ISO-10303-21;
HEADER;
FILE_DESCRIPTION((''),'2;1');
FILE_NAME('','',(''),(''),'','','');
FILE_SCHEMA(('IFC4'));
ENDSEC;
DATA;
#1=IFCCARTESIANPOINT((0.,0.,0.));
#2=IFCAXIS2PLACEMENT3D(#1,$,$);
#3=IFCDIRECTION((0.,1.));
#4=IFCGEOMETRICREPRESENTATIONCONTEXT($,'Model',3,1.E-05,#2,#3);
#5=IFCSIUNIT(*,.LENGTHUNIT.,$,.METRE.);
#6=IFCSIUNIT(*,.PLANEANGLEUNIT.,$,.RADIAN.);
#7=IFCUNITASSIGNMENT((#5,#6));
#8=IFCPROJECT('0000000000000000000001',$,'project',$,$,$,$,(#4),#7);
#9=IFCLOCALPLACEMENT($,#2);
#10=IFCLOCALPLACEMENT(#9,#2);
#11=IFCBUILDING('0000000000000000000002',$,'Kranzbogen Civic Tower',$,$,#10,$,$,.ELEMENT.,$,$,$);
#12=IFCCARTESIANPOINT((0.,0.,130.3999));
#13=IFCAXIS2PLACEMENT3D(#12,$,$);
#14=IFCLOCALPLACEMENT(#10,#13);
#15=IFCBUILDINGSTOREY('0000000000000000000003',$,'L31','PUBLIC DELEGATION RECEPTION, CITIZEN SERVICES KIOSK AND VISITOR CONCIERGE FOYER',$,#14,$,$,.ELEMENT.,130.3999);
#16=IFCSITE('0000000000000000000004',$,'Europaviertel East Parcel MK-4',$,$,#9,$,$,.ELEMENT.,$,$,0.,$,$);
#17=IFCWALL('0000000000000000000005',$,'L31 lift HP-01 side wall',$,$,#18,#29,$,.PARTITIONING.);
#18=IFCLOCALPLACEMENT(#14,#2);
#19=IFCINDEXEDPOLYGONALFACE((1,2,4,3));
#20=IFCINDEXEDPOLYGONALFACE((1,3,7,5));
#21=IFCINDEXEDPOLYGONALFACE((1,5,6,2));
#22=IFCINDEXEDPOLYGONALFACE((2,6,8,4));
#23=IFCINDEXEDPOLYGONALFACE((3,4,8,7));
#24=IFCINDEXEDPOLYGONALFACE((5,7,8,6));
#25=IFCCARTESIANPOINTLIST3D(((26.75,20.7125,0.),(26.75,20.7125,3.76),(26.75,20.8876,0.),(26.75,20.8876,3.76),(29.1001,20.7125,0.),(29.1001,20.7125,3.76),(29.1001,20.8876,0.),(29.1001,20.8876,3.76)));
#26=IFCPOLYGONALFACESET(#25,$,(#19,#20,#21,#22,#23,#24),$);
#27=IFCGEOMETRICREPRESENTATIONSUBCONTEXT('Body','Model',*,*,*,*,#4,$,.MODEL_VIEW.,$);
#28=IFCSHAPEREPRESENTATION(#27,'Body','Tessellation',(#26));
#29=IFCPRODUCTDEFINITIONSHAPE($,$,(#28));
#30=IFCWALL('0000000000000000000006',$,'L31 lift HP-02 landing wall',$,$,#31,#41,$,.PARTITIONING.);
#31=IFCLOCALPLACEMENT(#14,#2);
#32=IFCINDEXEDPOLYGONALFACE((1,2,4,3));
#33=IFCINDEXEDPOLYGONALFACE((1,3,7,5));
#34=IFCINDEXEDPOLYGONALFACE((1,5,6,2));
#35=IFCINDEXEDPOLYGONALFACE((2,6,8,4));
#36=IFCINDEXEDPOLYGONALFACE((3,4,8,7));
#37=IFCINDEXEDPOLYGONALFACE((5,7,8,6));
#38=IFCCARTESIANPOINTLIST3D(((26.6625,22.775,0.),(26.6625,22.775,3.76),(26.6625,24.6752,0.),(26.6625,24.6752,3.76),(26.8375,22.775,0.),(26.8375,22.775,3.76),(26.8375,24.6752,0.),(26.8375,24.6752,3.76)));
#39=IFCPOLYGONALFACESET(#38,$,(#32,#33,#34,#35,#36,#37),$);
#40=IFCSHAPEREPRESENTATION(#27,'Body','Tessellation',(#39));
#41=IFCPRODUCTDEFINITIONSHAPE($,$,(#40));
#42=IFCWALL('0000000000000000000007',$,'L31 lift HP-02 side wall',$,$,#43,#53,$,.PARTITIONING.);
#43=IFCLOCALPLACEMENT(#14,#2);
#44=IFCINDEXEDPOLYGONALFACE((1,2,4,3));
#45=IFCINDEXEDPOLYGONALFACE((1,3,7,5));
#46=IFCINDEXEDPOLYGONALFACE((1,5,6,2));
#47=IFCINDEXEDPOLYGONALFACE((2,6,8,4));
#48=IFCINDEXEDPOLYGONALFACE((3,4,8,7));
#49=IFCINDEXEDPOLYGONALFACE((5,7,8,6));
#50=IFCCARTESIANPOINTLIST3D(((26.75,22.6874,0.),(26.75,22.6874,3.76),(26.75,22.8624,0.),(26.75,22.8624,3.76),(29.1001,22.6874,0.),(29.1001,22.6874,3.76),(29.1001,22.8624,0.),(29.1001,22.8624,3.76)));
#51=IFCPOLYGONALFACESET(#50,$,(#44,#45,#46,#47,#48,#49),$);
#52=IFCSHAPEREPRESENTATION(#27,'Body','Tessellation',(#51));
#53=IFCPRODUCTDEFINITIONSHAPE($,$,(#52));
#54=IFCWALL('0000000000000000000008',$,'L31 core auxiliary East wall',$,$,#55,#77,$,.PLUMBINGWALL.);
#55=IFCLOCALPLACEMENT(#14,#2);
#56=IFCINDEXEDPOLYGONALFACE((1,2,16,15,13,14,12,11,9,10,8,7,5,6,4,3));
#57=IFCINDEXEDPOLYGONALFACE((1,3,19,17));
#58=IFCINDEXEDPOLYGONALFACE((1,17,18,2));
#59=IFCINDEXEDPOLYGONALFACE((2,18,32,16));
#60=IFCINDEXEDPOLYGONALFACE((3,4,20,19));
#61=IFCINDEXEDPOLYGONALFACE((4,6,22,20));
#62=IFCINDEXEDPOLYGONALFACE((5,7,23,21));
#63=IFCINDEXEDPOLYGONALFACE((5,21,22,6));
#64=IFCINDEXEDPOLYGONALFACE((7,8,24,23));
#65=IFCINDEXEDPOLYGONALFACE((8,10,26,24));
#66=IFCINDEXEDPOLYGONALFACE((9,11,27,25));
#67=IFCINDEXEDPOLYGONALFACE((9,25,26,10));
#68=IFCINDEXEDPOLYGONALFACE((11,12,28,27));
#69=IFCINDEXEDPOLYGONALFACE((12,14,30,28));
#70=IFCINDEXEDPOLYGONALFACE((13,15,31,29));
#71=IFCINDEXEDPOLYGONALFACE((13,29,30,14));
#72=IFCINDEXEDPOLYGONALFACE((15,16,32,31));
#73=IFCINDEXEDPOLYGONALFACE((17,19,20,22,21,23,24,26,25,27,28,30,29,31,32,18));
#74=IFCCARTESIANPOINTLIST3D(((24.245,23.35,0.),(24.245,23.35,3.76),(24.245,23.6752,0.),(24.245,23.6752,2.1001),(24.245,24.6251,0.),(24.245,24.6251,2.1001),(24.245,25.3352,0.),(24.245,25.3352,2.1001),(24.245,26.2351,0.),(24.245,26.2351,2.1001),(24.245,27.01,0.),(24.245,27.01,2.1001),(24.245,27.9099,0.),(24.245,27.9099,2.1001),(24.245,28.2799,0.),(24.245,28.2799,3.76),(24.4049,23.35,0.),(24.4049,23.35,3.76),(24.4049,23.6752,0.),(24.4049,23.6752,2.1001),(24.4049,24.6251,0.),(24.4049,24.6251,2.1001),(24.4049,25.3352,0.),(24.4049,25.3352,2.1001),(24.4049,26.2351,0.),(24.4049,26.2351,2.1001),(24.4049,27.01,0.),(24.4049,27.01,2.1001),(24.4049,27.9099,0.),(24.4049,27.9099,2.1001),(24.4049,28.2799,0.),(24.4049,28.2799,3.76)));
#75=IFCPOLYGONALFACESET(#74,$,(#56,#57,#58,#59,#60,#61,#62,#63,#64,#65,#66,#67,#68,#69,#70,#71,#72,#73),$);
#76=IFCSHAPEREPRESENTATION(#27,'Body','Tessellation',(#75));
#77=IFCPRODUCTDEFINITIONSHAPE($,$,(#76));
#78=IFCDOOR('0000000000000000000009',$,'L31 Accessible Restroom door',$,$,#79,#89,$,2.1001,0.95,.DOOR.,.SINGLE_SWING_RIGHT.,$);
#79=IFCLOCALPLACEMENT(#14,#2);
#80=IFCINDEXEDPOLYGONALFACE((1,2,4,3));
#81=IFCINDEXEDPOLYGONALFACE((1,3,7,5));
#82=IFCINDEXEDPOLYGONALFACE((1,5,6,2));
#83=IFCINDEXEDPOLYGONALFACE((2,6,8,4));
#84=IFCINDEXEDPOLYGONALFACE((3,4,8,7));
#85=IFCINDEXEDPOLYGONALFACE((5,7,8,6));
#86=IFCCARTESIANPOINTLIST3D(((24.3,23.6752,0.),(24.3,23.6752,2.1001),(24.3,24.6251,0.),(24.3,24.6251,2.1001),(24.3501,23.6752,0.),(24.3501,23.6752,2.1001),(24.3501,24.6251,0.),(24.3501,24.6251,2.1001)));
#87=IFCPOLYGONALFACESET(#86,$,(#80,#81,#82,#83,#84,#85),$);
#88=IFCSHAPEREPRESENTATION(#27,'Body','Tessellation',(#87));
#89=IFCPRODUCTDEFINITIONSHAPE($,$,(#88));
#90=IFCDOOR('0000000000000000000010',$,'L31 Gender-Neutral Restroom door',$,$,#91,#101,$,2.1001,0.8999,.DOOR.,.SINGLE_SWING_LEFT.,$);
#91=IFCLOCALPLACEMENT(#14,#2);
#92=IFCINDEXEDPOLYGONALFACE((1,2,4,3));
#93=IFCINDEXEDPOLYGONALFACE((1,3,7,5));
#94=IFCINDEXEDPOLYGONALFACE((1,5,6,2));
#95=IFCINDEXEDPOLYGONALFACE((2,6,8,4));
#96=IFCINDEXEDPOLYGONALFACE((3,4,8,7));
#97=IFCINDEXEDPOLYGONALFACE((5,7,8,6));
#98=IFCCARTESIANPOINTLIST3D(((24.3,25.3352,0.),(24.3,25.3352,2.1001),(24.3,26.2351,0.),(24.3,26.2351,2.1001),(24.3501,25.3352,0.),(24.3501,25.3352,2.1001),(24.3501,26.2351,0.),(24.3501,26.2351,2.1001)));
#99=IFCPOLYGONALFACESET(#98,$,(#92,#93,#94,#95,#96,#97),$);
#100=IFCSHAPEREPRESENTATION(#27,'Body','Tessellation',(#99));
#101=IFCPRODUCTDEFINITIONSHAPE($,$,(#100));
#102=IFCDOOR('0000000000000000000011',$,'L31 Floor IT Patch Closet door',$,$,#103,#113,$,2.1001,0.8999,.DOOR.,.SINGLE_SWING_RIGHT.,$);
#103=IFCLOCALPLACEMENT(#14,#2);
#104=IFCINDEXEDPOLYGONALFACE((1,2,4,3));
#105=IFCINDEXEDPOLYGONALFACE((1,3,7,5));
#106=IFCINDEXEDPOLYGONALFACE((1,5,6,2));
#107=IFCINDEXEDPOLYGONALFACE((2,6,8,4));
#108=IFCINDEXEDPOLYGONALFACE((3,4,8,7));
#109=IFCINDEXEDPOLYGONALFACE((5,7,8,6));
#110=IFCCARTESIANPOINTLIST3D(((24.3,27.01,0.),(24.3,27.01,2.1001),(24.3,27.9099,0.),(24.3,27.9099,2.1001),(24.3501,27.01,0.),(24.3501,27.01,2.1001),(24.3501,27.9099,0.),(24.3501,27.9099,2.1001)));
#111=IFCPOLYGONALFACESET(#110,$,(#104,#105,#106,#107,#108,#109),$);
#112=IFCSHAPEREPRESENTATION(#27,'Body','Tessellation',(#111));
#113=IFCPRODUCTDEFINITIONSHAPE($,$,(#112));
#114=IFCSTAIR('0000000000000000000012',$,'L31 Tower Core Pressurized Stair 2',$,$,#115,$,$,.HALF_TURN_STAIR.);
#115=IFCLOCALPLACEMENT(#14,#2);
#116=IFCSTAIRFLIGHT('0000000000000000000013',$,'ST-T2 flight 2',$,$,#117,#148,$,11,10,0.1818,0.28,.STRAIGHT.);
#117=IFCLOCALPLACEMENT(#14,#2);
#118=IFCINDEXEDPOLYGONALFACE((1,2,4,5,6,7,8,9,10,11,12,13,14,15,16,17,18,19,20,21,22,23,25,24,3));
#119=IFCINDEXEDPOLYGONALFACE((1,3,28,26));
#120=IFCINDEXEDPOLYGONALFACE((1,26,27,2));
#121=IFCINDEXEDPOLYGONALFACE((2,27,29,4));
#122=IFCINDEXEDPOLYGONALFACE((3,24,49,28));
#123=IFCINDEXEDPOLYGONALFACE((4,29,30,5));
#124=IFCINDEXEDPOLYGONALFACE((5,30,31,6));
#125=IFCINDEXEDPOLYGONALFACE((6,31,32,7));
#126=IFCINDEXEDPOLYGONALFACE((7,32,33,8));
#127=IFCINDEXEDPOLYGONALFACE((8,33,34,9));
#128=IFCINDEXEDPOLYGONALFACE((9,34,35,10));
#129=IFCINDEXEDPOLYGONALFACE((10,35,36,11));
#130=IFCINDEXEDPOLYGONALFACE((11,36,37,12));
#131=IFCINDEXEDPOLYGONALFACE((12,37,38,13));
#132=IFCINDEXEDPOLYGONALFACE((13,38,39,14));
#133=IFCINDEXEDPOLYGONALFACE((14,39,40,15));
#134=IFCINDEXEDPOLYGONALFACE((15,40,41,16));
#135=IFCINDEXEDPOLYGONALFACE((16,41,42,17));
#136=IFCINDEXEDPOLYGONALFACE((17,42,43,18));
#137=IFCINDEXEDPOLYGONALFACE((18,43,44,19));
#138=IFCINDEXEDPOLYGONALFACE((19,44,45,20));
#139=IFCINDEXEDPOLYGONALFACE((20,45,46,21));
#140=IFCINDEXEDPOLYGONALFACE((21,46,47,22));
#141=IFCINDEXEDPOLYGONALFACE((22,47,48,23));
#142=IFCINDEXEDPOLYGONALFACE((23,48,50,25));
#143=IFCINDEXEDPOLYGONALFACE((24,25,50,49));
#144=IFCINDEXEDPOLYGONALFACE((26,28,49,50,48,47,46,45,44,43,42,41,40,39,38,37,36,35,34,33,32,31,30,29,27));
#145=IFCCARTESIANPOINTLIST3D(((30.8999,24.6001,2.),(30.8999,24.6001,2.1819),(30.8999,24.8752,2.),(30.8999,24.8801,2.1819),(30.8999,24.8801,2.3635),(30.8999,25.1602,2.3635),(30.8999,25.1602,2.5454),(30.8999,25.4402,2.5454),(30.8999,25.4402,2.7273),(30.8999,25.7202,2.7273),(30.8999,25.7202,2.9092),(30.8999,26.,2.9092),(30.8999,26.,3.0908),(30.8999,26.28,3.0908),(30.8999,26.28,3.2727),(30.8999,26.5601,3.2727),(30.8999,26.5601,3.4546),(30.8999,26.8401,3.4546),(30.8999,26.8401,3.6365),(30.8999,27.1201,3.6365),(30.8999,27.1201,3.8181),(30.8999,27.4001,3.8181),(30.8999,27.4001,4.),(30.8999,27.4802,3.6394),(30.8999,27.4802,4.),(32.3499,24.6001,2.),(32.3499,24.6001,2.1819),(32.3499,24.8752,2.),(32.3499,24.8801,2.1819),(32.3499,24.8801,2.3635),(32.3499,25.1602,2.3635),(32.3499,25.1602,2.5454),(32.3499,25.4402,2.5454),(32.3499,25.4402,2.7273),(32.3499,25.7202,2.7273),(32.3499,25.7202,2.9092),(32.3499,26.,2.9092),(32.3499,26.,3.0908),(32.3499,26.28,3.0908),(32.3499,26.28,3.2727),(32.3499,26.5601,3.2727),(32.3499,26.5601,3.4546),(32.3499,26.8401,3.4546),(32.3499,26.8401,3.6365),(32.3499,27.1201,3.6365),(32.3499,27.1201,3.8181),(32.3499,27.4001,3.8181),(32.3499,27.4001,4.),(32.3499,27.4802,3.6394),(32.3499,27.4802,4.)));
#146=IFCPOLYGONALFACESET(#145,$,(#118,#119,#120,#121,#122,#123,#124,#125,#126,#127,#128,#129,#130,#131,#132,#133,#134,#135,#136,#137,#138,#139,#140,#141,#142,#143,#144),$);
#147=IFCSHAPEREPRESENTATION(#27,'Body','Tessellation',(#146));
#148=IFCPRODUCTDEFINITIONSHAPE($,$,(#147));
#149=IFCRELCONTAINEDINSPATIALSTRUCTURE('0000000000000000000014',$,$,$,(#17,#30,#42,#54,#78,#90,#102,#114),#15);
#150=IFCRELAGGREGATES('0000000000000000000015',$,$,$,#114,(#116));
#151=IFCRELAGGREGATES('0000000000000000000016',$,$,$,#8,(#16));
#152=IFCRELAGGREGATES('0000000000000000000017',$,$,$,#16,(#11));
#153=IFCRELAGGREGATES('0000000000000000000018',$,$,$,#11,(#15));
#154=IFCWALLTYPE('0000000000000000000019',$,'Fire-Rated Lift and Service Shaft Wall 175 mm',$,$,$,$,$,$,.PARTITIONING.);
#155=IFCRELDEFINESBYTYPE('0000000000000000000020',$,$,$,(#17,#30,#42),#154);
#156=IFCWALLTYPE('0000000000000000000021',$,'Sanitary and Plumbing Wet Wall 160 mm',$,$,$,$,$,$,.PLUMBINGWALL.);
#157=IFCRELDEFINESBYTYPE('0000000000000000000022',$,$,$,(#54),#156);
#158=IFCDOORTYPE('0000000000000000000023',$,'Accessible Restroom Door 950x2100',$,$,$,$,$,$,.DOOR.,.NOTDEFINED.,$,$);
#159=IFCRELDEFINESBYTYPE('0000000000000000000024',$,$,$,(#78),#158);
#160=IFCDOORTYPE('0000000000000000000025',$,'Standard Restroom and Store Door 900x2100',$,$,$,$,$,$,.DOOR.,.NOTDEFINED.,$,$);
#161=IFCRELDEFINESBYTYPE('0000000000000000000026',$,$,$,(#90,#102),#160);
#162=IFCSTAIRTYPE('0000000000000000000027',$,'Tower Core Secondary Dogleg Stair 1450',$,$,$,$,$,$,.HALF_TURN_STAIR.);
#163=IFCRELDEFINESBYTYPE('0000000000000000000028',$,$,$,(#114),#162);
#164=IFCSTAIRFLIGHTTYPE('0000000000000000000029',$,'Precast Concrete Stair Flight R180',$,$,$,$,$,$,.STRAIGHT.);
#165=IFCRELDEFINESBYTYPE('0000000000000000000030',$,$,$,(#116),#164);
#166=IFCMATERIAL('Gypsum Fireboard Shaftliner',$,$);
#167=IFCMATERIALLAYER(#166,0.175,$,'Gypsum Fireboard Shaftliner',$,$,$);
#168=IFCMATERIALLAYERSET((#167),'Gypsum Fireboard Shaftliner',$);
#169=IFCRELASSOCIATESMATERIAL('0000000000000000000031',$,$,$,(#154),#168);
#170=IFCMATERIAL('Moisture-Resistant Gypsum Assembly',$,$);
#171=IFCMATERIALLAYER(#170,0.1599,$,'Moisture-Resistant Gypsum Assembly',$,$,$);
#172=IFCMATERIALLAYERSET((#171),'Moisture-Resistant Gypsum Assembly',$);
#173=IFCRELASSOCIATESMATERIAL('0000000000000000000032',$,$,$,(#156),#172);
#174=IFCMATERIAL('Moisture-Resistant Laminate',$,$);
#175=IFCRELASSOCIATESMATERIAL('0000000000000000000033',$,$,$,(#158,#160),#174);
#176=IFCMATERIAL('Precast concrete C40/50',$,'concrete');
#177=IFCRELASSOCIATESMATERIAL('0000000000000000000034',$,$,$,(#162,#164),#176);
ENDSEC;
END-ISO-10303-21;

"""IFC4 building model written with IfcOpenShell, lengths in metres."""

from ifc_helpers import new_model, si_unit, direction, frame, frame_2d, origin, place, context, subcontext, project, spatial, polyline, rectangle, outline, extrude, material, layer, layer_set, type_object, element, fill, aggregate, save


model = new_model("IFC4")

# Units and contexts
model_context = context("Model", 3, precision=1e-05, world=origin(), true_north=direction((0.0, 1.0)))
body_context = subcontext(model_context, "Body", "Model", "MODEL_VIEW")
ifc_project = project(units=[si_unit("LENGTHUNIT", "METRE"), si_unit("PLANEANGLEUNIT", "RADIAN")], contexts=[model_context])

# Site, building, storey
site_placement = place(None, origin())
site = spatial("IfcSite", under=ifc_project, at=site_placement, Name="Europaviertel East Parcel MK-4", CompositionType="ELEMENT", RefElevation=0.0)
building_placement = place(site_placement, origin())
building = spatial("IfcBuilding", under=site, at=building_placement, Name="Kranzbogen Civic Tower", CompositionType="ELEMENT")
storey_placement = place(building_placement, frame((0.0, 0.0, 130.3999)))
storey = spatial("IfcBuildingStorey", under=building, at=storey_placement, Name="L31", Description="PUBLIC DELEGATION RECEPTION, CITIZEN SERVICES KIOSK AND VISITOR CONCIERGE FOYER", CompositionType="ELEMENT", Elevation=130.3999)

# Walls
ifc_material_1 = material(Name="Gypsum Fireboard Shaftliner")
ifc_layer_1 = layer(ifc_material_1, 0.175, Name="Gypsum Fireboard Shaftliner")
ifc_layer_set_1 = layer_set([ifc_layer_1], Name="Gypsum Fireboard Shaftliner")
wall_type_1 = type_object("IfcWallType", Name="Fire-Rated Lift and Service Shaft Wall 175 mm", PredefinedType="PARTITIONING", material=ifc_layer_set_1)
wall_1_placement = place(storey_placement, frame((26.75, 20.8, 0.0), z_axis=(0.0, 0.0, 1.0), x_axis=(1.0, 0.0, 0.0)))
element("IfcWall", 1, at=wall_1_placement, inside=storey, type_object=wall_type_1, Name="L31 lift HP-01 side wall", PredefinedType="PARTITIONING", context=body_context, shape_type="SweptSolid", body=[
    extrude(rectangle(XDim=2.3501, YDim=0.175, at=frame_2d((1.175, 0.0))), origin(), (0.0, 0.0, 1.0), 3.76),
])
wall_2_placement = place(storey_placement, frame((26.75, 22.7749, 0.0), z_axis=(0.0, 0.0, 1.0), x_axis=(0.0, 1.0, 0.0)))
element("IfcWall", 2, at=wall_2_placement, inside=storey, type_object=wall_type_1, Name="L31 lift HP-02 landing wall", PredefinedType="PARTITIONING", context=body_context, shape_type="SweptSolid", body=[
    extrude(rectangle(XDim=1.9001, YDim=0.175, at=frame_2d((0.9502, 0.0))), origin(), (0.0, 0.0, 1.0), 3.76),
])
wall_3_placement = place(storey_placement, frame((26.75, 22.7749, 0.0), z_axis=(0.0, 0.0, 1.0), x_axis=(1.0, 0.0, 0.0)))
element("IfcWall", 3, at=wall_3_placement, inside=storey, type_object=wall_type_1, Name="L31 lift HP-02 side wall", PredefinedType="PARTITIONING", context=body_context, shape_type="SweptSolid", body=[
    extrude(rectangle(XDim=2.3501, YDim=0.175, at=frame_2d((1.175, 0.0))), origin(), (0.0, 0.0, 1.0), 3.76),
])

# Wall, openings, doors
ifc_material_2 = material(Name="Moisture-Resistant Gypsum Assembly")
ifc_layer_2 = layer(ifc_material_2, 0.1599, Name="Moisture-Resistant Gypsum Assembly")
ifc_layer_set_2 = layer_set([ifc_layer_2], Name="Moisture-Resistant Gypsum Assembly")
wall_type_2 = type_object("IfcWallType", Name="Sanitary and Plumbing Wet Wall 160 mm", PredefinedType="PLUMBINGWALL", material=ifc_layer_set_2)
wall_4_placement = place(storey_placement, frame((24.325, 23.3501, 0.0), z_axis=(0.0, 0.0, 1.0), x_axis=(0.0, 1.0, 0.0)))
wall_4 = element("IfcWall", 4, at=wall_4_placement, inside=storey, type_object=wall_type_2, Name="L31 core auxiliary East wall", PredefinedType="PLUMBINGWALL", context=body_context, shape_type="SweptSolid", body=[
    extrude(rectangle(XDim=4.9299, YDim=0.1599, at=frame_2d((2.4648, 0.0))), origin(), (0.0, 0.0, 1.0), 3.76),
])
opening_1_placement = place(wall_4_placement, frame((0.325, 0.0, 0.0)))
opening_1 = element("IfcOpeningElement", 5, at=opening_1_placement, cuts=wall_4, PredefinedType="OPENING", context=body_context, shape_type="SweptSolid", body=[
    extrude(rectangle(XDim=0.95, YDim=2.1001, at=frame_2d((0.4751, 1.05))), frame((0.0, 0.0898, 0.0), z_axis=(0.0, -1.0, 0.0), x_axis=(1.0, 0.0, 0.0)), (0.0, 0.0, 1.0), 0.1799),
])
opening_2_placement = place(wall_4_placement, frame((1.9851, 0.0, 0.0)))
opening_2 = element("IfcOpeningElement", 6, at=opening_2_placement, cuts=wall_4, PredefinedType="OPENING", context=body_context, shape_type="SweptSolid", body=[
    extrude(rectangle(XDim=0.8999, YDim=2.1001, at=frame_2d((0.45, 1.05))), frame((0.0, 0.0898, 0.0), z_axis=(0.0, -1.0, 0.0), x_axis=(1.0, 0.0, 0.0)), (0.0, 0.0, 1.0), 0.1799),
])
opening_3_placement = place(wall_4_placement, frame((3.6599, 0.0, 0.0)))
opening_3 = element("IfcOpeningElement", 7, at=opening_3_placement, cuts=wall_4, PredefinedType="OPENING", context=body_context, shape_type="SweptSolid", body=[
    extrude(rectangle(XDim=0.8999, YDim=2.1001, at=frame_2d((0.45, 1.05))), frame((0.0, 0.0898, 0.0), z_axis=(0.0, -1.0, 0.0), x_axis=(1.0, 0.0, 0.0)), (0.0, 0.0, 1.0), 0.1799),
])
ifc_material_3 = material(Name="Moisture-Resistant Laminate")
door_type_1 = type_object("IfcDoorType", Name="Accessible Restroom Door 950x2100", OperationType="NOTDEFINED", PredefinedType="DOOR", material=ifc_material_3)
door_1_placement = place(opening_1_placement, origin())
door_1 = element("IfcDoor", 8, at=door_1_placement, inside=storey, type_object=door_type_1, Name="L31 Accessible Restroom door", OperationType="SINGLE_SWING_RIGHT", OverallHeight=2.1001, OverallWidth=0.95, PredefinedType="DOOR", context=body_context, shape_type="SweptSolid", body=[
    extrude(rectangle(XDim=0.95, YDim=2.1001, at=frame_2d((0.4751, 1.05))), frame((0.0, 0.0249, 0.0), z_axis=(0.0, -1.0, 0.0), x_axis=(1.0, 0.0, 0.0)), (0.0, 0.0, 1.0), 0.05),
])
fill(opening_1, door_1)
door_type_2 = type_object("IfcDoorType", Name="Standard Restroom and Store Door 900x2100", OperationType="NOTDEFINED", PredefinedType="DOOR", material=ifc_material_3)
door_2_placement = place(opening_2_placement, origin())
door_2 = element("IfcDoor", 9, at=door_2_placement, inside=storey, type_object=door_type_2, Name="L31 Gender-Neutral Restroom door", OperationType="SINGLE_SWING_LEFT", OverallHeight=2.1001, OverallWidth=0.8999, PredefinedType="DOOR", context=body_context, shape_type="SweptSolid", body=[
    extrude(rectangle(XDim=0.8999, YDim=2.1001, at=frame_2d((0.45, 1.05))), frame((0.0, 0.0249, 0.0), z_axis=(0.0, -1.0, 0.0), x_axis=(1.0, 0.0, 0.0)), (0.0, 0.0, 1.0), 0.05),
])
fill(opening_2, door_2)
door_3_placement = place(opening_3_placement, origin())
door_3 = element("IfcDoor", 10, at=door_3_placement, inside=storey, type_object=door_type_2, Name="L31 Floor IT Patch Closet door", OperationType="SINGLE_SWING_RIGHT", OverallHeight=2.1001, OverallWidth=0.8999, PredefinedType="DOOR", context=body_context, shape_type="SweptSolid", body=[
    extrude(rectangle(XDim=0.8999, YDim=2.1001, at=frame_2d((0.45, 1.05))), frame((0.0, 0.0249, 0.0), z_axis=(0.0, -1.0, 0.0), x_axis=(1.0, 0.0, 0.0)), (0.0, 0.0, 1.0), 0.05),
])
fill(opening_3, door_3)

# Stair, stair flight
ifc_material_4 = material(Name="Precast concrete C40/50", Category="concrete")
stair_type = type_object("IfcStairType", Name="Tower Core Secondary Dogleg Stair 1450", PredefinedType="HALF_TURN_STAIR", material=ifc_material_4)
stair_placement = place(storey_placement, origin())
stair = element("IfcStair", 11, at=stair_placement, inside=storey, type_object=stair_type, Name="L31 Tower Core Pressurized Stair 2", PredefinedType="HALF_TURN_STAIR")
stair_flight_type = type_object("IfcStairFlightType", Name="Precast Concrete Stair Flight R180", PredefinedType="STRAIGHT", material=ifc_material_4)
stair_flight_placement = place(storey_placement, frame((31.625, 24.6001, 2.0), z_axis=(0.0, 0.0, 1.0), x_axis=(0.0, 1.0, 0.0)))
stair_flight = element("IfcStairFlight", 12, at=stair_flight_placement, type_object=stair_flight_type, Name="ST-T2 flight 2", NumberOfRisers=11, NumberOfTreads=10, PredefinedType="STRAIGHT", RiserHeight=0.1818, TreadLength=0.28, context=body_context, shape_type="SweptSolid", body=[
    extrude(outline(polyline([(0.0, 0.0), (0.0, 0.1819), (0.28, 0.1819), (0.28, 0.3635), (0.5601, 0.3635), (0.5601, 0.5454), (0.8401, 0.5454), (0.8401, 0.7273), (1.1201, 0.7273), (1.1201, 0.9092), (1.3999, 0.9092), (1.3999, 1.0908), (1.6799, 1.0908), (1.6799, 1.2727), (1.96, 1.2727), (1.96, 1.4546), (2.24, 1.4546), (2.24, 1.6365), (2.52, 1.6365), (2.52, 1.8181), (2.8, 1.8181), (2.8, 2.0), (2.8801, 2.0), (2.8801, 1.6394), (0.2751, 0.0), (0.0, 0.0)])), frame((0.0, 0.7251, 0.0), z_axis=(0.0, -1.0, 0.0), x_axis=(1.0, 0.0, 0.0)), (0.0, 0.0, 1.0), 1.45),
])
aggregate(stair, [stair_flight])

save(model, "model.ifc")
